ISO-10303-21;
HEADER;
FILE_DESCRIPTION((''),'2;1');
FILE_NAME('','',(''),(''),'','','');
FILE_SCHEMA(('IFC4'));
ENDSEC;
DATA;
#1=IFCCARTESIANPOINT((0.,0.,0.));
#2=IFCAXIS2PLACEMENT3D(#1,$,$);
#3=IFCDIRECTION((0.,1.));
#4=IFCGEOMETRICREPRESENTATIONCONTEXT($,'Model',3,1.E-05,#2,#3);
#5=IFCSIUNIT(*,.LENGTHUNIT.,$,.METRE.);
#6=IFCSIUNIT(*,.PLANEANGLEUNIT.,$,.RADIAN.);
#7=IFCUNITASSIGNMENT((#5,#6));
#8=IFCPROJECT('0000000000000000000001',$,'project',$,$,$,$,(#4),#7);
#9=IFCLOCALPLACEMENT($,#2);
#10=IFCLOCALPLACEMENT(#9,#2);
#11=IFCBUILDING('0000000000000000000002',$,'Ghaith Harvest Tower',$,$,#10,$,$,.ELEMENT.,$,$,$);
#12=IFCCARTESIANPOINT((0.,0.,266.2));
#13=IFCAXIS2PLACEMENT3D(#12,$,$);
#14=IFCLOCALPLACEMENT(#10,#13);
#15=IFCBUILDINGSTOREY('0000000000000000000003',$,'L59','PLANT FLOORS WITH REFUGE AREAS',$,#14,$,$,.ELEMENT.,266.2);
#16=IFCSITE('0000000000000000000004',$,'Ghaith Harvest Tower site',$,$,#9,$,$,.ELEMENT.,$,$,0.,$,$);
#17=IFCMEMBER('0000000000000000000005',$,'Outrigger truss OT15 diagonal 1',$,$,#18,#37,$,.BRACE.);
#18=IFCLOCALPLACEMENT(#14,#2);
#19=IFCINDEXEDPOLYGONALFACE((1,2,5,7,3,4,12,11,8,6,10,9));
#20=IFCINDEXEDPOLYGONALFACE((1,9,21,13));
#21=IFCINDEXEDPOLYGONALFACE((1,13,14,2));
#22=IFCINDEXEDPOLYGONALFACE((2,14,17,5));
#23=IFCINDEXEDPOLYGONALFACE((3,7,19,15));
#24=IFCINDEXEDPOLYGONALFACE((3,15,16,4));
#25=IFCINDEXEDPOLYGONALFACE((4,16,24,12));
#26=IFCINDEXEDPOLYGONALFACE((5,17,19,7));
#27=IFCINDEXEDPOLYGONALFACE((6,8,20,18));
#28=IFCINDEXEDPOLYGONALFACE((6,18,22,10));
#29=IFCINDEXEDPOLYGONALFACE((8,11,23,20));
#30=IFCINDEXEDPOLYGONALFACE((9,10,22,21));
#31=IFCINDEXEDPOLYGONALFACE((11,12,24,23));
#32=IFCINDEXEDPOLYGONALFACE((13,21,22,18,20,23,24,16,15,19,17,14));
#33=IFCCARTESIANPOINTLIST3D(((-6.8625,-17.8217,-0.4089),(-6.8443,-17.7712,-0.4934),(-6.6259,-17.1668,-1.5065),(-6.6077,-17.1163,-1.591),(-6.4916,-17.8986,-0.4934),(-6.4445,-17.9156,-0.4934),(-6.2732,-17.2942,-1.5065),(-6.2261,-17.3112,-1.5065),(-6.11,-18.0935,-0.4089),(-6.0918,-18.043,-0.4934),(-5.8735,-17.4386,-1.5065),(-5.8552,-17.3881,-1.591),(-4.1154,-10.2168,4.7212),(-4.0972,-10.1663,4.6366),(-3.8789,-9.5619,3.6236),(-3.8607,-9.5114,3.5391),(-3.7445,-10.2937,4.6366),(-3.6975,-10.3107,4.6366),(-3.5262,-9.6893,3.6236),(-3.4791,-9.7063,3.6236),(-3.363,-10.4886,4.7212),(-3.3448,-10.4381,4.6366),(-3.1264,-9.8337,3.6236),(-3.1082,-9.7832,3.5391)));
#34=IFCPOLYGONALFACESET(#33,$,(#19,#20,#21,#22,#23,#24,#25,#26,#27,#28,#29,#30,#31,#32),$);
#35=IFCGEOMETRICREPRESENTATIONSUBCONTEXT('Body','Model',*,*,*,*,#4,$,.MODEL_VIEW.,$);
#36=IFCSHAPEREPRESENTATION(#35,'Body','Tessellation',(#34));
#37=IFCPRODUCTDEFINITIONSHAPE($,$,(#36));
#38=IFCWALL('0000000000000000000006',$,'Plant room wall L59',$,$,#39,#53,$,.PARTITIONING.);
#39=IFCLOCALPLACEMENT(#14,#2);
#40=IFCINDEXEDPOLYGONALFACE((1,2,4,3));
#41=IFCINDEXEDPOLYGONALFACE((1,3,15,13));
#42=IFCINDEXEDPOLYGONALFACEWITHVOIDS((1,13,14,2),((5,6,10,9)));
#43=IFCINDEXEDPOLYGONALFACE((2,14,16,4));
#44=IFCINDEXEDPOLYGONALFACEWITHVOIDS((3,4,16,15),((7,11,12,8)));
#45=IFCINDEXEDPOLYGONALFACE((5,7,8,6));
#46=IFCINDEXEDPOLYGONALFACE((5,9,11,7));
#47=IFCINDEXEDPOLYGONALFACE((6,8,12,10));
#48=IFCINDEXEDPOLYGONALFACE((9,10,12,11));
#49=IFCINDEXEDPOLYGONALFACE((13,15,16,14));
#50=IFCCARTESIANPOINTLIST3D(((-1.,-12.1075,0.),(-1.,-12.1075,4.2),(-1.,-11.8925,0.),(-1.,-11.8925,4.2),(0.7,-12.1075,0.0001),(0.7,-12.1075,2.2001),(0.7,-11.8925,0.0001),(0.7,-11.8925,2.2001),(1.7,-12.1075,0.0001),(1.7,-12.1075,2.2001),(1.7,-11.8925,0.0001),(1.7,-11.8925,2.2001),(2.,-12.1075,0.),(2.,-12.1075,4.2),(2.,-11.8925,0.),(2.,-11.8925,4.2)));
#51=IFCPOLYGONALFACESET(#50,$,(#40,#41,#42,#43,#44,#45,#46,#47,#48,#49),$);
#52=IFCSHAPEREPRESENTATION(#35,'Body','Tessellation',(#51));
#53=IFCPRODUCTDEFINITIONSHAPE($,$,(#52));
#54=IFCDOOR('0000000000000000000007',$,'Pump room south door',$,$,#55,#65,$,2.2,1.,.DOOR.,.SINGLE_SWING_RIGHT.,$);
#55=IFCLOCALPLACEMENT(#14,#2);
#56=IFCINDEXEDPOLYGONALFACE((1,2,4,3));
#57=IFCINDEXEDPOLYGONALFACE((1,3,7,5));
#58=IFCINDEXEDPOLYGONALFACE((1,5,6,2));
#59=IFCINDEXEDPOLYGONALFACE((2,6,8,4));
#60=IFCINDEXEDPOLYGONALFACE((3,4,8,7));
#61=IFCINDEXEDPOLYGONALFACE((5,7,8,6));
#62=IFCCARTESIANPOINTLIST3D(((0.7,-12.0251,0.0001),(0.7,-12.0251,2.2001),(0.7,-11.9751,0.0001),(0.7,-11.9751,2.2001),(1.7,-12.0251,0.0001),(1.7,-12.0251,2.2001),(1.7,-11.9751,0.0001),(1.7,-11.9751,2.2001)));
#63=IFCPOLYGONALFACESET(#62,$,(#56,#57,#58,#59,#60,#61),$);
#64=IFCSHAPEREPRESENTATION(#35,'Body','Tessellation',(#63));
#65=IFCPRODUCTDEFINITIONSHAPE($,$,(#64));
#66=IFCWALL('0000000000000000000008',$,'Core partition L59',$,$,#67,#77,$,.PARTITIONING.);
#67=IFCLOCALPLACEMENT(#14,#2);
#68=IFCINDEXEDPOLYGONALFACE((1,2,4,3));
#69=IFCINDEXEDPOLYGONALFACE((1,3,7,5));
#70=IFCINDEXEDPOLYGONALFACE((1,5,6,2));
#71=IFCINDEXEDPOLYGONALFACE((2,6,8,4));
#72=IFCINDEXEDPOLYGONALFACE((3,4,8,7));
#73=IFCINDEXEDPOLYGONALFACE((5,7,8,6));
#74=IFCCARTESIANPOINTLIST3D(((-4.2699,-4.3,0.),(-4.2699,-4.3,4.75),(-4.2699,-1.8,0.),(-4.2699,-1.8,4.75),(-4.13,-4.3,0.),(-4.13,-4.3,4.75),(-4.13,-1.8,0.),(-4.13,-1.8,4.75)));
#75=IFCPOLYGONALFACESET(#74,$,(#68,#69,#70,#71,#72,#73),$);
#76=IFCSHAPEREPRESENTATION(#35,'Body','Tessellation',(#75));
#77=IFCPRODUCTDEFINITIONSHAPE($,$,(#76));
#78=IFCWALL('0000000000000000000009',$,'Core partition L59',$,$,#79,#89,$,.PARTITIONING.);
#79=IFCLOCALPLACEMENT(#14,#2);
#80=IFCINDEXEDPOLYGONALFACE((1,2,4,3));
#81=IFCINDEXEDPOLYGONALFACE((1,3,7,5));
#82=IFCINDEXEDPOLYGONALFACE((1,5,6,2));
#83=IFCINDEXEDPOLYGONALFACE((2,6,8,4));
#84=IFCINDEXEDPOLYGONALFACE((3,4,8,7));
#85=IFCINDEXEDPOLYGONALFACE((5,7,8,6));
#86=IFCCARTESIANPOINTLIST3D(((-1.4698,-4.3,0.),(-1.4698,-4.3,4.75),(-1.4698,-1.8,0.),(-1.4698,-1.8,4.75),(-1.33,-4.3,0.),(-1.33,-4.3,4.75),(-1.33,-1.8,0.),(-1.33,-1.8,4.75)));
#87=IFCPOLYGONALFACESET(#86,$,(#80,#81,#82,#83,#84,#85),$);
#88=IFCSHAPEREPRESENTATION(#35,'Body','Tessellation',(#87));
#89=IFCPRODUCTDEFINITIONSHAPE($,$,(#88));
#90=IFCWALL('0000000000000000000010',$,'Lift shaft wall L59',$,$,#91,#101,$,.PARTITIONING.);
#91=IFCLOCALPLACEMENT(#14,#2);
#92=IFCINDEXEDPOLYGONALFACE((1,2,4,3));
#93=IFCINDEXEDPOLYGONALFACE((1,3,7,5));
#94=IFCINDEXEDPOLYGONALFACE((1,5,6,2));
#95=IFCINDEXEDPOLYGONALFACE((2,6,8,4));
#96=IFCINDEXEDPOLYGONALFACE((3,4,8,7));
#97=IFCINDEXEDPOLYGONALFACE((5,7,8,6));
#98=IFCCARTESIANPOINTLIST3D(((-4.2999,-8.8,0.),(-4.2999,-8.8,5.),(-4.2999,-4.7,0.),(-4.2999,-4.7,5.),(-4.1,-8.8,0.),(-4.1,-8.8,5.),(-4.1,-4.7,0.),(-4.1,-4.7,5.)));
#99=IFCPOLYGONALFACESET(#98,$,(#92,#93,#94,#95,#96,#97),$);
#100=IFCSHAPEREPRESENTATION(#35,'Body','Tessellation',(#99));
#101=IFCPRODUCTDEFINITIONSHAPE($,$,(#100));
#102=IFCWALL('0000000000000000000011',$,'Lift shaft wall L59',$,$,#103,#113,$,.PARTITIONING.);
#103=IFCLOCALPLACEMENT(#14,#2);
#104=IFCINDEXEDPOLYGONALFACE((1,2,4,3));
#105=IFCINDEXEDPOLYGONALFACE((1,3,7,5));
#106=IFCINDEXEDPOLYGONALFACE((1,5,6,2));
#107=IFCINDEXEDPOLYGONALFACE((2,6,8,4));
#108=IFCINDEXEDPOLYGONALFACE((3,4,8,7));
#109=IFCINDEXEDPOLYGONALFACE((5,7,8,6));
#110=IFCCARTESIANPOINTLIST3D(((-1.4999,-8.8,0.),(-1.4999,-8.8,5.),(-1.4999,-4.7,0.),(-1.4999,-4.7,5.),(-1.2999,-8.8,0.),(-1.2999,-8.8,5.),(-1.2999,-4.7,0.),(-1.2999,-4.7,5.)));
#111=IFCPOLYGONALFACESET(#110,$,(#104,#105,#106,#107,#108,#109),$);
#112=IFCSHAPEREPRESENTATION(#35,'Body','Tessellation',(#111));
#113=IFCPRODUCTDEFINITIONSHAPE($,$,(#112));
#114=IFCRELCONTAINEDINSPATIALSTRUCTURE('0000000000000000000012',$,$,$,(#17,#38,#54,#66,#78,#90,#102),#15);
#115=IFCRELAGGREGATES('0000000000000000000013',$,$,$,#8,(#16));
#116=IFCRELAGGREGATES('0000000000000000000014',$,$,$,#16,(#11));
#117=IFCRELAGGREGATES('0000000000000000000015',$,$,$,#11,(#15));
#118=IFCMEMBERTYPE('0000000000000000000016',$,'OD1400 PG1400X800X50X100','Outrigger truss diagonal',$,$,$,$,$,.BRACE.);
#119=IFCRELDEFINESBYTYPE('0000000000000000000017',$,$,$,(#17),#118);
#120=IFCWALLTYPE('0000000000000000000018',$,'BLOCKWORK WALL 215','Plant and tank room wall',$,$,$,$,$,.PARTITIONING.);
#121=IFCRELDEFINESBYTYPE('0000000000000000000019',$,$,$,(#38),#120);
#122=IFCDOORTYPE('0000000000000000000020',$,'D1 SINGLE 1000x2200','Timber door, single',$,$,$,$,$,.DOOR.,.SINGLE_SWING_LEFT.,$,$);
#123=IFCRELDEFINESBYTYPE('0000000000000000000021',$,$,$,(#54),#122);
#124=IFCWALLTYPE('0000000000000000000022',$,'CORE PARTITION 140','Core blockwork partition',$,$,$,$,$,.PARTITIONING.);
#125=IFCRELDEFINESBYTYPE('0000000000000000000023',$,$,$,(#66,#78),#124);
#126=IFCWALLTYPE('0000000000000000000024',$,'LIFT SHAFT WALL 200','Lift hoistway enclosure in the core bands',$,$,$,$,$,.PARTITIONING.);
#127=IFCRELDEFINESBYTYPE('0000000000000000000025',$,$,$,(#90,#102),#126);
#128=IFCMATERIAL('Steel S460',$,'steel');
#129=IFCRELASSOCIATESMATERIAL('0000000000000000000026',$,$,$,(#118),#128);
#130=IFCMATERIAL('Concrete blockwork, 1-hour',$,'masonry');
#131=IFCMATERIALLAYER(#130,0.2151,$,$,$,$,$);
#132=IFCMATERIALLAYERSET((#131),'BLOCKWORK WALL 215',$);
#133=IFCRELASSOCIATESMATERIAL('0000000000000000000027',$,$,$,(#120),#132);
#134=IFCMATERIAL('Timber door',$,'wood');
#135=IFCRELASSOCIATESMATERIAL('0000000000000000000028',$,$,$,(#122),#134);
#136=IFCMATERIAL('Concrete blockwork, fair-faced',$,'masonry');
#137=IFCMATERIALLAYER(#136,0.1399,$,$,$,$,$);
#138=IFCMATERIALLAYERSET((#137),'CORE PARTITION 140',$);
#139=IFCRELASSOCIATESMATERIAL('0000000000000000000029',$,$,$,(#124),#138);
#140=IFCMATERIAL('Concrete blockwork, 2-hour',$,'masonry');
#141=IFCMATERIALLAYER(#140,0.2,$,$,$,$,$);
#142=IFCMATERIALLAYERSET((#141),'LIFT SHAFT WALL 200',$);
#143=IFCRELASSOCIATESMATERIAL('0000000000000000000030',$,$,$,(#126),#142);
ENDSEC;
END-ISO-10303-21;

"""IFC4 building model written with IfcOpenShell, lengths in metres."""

from ifc_helpers import new_model, si_unit, direction, frame, frame_2d, origin, origin_2d, place, context, subcontext, project, spatial, rectangle, i_section, extrude, material, layer, layer_set, material_profile, profile_set, type_object, element, fill, save


model = new_model("IFC4")

# Units and contexts
model_context = context("Model", 3, precision=1e-05, world=origin(), true_north=direction((0.0, 1.0)))
body_context = subcontext(model_context, "Body", "Model", "MODEL_VIEW")
ifc_project = project(units=[si_unit("LENGTHUNIT", "METRE"), si_unit("PLANEANGLEUNIT", "RADIAN")], contexts=[model_context])

# Site, building, storey
site_placement = place(None, origin())
site = spatial("IfcSite", under=ifc_project, at=site_placement, Name="Ghaith Harvest Tower site", CompositionType="ELEMENT", RefElevation=0.0)
building_placement = place(site_placement, origin())
building = spatial("IfcBuilding", under=site, at=building_placement, Name="Ghaith Harvest Tower", CompositionType="ELEMENT")
storey_placement = place(building_placement, frame((0.0, 0.0, 266.2)))
storey = spatial("IfcBuildingStorey", under=building, at=storey_placement, Name="L59", Description="PLANT FLOORS WITH REFUGE AREAS", CompositionType="ELEMENT", Elevation=266.2)

# Member
ifc_material_1 = material(Name="Steel S460", Category="steel")
ifc_material_profile_1 = material_profile(ifc_material_1, i_section(OverallWidth=0.8, OverallDepth=1.3999, WebThickness=0.05, FlangeThickness=0.1001, at=origin_2d()), Name="PG1400X800X50X100")
ifc_profile_set_1 = profile_set([ifc_material_profile_1], Name="Steel S460")
member_type_1 = type_object("IfcMemberType", Name="OD1400 PG1400X800X50X100", Description="Outrigger truss diagonal", PredefinedType="BRACE", material=ifc_profile_set_1)
member_1_placement = place(storey_placement, frame((-3.6118, -10.0, 4.1301), z_axis=(-0.286869, -0.794169, -0.535726), x_axis=(0.940521, -0.339735, 0.0)))
element("IfcMember", 1, at=member_1_placement, inside=storey, type_object=member_type_1, Name="Outrigger truss OT15 diagonal 1", PredefinedType="BRACE", context=body_context, shape_type="SweptSolid", body=[
    extrude(i_section(OverallWidth=0.8, OverallDepth=1.3999, WebThickness=0.05, FlangeThickness=0.1001, at=origin_2d()), origin(), (0.0, 0.0, 1.0), 9.5759),
])

# Wall, opening, door
ifc_material_2 = material(Name="Concrete blockwork, 1-hour", Category="masonry")
ifc_layer_1 = layer(ifc_material_2, 0.2151)
ifc_layer_set_1 = layer_set([ifc_layer_1], Name="BLOCKWORK WALL 215")
wall_type_1 = type_object("IfcWallType", Name="BLOCKWORK WALL 215", Description="Plant and tank room wall", PredefinedType="PARTITIONING", material=ifc_layer_set_1)
wall_1_placement = place(storey_placement, frame((-1.0, -12.0, 0.0), z_axis=(0.0, 0.0, 1.0), x_axis=(1.0, 0.0, 0.0)))
wall_1 = element("IfcWall", 2, at=wall_1_placement, inside=storey, type_object=wall_type_1, Name="Plant room wall L59", PredefinedType="PARTITIONING", context=body_context, shape_type="SweptSolid", body=[
    extrude(rectangle(XDim=3.0, YDim=0.2151, at=frame_2d((1.5, 0.0))), origin(), (0.0, 0.0, 1.0), 4.2),
])
opening_1_placement = place(wall_1_placement, frame((1.7, 0.0, 0.0)))
opening_1 = element("IfcOpeningElement", 3, at=opening_1_placement, cuts=wall_1, PredefinedType="OPENING", context=body_context, shape_type="SweptSolid", body=[
    extrude(rectangle(XDim=1.0, YDim=2.2, at=frame_2d((0.5, 1.1001))), frame((0.0, 0.1177, 0.0), z_axis=(0.0, -1.0, 0.0), x_axis=(1.0, 0.0, 0.0)), (0.0, 0.0, 1.0), 0.2351),
])
ifc_material_3 = material(Name="Timber door", Category="wood")
door_type_1 = type_object("IfcDoorType", Name="D1 SINGLE 1000x2200", Description="Timber door, single", OperationType="SINGLE_SWING_LEFT", PredefinedType="DOOR", material=ifc_material_3)
door_1_placement = place(opening_1_placement, origin())
door_1 = element("IfcDoor", 4, at=door_1_placement, inside=storey, type_object=door_type_1, Name="Pump room south door", OperationType="SINGLE_SWING_RIGHT", OverallHeight=2.2, OverallWidth=1.0, PredefinedType="DOOR", context=body_context, shape_type="SweptSolid", body=[
    extrude(rectangle(XDim=1.0, YDim=2.2, at=frame_2d((0.5, 1.1001))), frame((0.0, 0.0249, 0.0), z_axis=(0.0, -1.0, 0.0), x_axis=(1.0, 0.0, 0.0)), (0.0, 0.0, 1.0), 0.05),
])
fill(opening_1, door_1)

# Walls
ifc_material_4 = material(Name="Concrete blockwork, fair-faced", Category="masonry")
ifc_layer_2 = layer(ifc_material_4, 0.1399)
ifc_layer_set_2 = layer_set([ifc_layer_2], Name="CORE PARTITION 140")
wall_type_2 = type_object("IfcWallType", Name="CORE PARTITION 140", Description="Core blockwork partition", PredefinedType="PARTITIONING", material=ifc_layer_set_2)
for number, where, z_axis, x_axis, name in (
    (5, (-4.2, -1.8, 0.0), (0.0, 0.0, 1.0), (0.0, -1.0, 0.0), "Core partition L59"),
    (6, (-1.3999, -1.8, 0.0), (0.0, 0.0, 1.0), (0.0, -1.0, 0.0), "Core partition L59"),
):
    element("IfcWall", number, at=place(storey_placement, frame(where, z_axis=z_axis, x_axis=x_axis)), inside=storey, type_object=wall_type_2, Name=name, PredefinedType="PARTITIONING", context=body_context, shape_type="SweptSolid", body=[
        extrude(rectangle(XDim=2.5, YDim=0.1399, at=frame_2d((1.25, 0.0))), origin(), (0.0, 0.0, 1.0), 4.75),
    ])
ifc_material_5 = material(Name="Concrete blockwork, 2-hour", Category="masonry")
ifc_layer_3 = layer(ifc_material_5, 0.2)
ifc_layer_set_3 = layer_set([ifc_layer_3], Name="LIFT SHAFT WALL 200")
wall_type_3 = type_object("IfcWallType", Name="LIFT SHAFT WALL 200", Description="Lift hoistway enclosure in the core bands", PredefinedType="PARTITIONING", material=ifc_layer_set_3)
for number, where, z_axis, x_axis, name in (
    (7, (-4.2, -4.7, 0.0), (0.0, 0.0, 1.0), (0.0, -1.0, 0.0), "Lift shaft wall L59"),
    (8, (-1.3999, -4.7, 0.0), (0.0, 0.0, 1.0), (0.0, -1.0, 0.0), "Lift shaft wall L59"),
):
    element("IfcWall", number, at=place(storey_placement, frame(where, z_axis=z_axis, x_axis=x_axis)), inside=storey, type_object=wall_type_3, Name=name, PredefinedType="PARTITIONING", context=body_context, shape_type="SweptSolid", body=[
        extrude(rectangle(XDim=4.1001, YDim=0.2, at=frame_2d((2.05, 0.0))), origin(), (0.0, 0.0, 1.0), 5.0),
    ])

save(model, "model.ifc")
